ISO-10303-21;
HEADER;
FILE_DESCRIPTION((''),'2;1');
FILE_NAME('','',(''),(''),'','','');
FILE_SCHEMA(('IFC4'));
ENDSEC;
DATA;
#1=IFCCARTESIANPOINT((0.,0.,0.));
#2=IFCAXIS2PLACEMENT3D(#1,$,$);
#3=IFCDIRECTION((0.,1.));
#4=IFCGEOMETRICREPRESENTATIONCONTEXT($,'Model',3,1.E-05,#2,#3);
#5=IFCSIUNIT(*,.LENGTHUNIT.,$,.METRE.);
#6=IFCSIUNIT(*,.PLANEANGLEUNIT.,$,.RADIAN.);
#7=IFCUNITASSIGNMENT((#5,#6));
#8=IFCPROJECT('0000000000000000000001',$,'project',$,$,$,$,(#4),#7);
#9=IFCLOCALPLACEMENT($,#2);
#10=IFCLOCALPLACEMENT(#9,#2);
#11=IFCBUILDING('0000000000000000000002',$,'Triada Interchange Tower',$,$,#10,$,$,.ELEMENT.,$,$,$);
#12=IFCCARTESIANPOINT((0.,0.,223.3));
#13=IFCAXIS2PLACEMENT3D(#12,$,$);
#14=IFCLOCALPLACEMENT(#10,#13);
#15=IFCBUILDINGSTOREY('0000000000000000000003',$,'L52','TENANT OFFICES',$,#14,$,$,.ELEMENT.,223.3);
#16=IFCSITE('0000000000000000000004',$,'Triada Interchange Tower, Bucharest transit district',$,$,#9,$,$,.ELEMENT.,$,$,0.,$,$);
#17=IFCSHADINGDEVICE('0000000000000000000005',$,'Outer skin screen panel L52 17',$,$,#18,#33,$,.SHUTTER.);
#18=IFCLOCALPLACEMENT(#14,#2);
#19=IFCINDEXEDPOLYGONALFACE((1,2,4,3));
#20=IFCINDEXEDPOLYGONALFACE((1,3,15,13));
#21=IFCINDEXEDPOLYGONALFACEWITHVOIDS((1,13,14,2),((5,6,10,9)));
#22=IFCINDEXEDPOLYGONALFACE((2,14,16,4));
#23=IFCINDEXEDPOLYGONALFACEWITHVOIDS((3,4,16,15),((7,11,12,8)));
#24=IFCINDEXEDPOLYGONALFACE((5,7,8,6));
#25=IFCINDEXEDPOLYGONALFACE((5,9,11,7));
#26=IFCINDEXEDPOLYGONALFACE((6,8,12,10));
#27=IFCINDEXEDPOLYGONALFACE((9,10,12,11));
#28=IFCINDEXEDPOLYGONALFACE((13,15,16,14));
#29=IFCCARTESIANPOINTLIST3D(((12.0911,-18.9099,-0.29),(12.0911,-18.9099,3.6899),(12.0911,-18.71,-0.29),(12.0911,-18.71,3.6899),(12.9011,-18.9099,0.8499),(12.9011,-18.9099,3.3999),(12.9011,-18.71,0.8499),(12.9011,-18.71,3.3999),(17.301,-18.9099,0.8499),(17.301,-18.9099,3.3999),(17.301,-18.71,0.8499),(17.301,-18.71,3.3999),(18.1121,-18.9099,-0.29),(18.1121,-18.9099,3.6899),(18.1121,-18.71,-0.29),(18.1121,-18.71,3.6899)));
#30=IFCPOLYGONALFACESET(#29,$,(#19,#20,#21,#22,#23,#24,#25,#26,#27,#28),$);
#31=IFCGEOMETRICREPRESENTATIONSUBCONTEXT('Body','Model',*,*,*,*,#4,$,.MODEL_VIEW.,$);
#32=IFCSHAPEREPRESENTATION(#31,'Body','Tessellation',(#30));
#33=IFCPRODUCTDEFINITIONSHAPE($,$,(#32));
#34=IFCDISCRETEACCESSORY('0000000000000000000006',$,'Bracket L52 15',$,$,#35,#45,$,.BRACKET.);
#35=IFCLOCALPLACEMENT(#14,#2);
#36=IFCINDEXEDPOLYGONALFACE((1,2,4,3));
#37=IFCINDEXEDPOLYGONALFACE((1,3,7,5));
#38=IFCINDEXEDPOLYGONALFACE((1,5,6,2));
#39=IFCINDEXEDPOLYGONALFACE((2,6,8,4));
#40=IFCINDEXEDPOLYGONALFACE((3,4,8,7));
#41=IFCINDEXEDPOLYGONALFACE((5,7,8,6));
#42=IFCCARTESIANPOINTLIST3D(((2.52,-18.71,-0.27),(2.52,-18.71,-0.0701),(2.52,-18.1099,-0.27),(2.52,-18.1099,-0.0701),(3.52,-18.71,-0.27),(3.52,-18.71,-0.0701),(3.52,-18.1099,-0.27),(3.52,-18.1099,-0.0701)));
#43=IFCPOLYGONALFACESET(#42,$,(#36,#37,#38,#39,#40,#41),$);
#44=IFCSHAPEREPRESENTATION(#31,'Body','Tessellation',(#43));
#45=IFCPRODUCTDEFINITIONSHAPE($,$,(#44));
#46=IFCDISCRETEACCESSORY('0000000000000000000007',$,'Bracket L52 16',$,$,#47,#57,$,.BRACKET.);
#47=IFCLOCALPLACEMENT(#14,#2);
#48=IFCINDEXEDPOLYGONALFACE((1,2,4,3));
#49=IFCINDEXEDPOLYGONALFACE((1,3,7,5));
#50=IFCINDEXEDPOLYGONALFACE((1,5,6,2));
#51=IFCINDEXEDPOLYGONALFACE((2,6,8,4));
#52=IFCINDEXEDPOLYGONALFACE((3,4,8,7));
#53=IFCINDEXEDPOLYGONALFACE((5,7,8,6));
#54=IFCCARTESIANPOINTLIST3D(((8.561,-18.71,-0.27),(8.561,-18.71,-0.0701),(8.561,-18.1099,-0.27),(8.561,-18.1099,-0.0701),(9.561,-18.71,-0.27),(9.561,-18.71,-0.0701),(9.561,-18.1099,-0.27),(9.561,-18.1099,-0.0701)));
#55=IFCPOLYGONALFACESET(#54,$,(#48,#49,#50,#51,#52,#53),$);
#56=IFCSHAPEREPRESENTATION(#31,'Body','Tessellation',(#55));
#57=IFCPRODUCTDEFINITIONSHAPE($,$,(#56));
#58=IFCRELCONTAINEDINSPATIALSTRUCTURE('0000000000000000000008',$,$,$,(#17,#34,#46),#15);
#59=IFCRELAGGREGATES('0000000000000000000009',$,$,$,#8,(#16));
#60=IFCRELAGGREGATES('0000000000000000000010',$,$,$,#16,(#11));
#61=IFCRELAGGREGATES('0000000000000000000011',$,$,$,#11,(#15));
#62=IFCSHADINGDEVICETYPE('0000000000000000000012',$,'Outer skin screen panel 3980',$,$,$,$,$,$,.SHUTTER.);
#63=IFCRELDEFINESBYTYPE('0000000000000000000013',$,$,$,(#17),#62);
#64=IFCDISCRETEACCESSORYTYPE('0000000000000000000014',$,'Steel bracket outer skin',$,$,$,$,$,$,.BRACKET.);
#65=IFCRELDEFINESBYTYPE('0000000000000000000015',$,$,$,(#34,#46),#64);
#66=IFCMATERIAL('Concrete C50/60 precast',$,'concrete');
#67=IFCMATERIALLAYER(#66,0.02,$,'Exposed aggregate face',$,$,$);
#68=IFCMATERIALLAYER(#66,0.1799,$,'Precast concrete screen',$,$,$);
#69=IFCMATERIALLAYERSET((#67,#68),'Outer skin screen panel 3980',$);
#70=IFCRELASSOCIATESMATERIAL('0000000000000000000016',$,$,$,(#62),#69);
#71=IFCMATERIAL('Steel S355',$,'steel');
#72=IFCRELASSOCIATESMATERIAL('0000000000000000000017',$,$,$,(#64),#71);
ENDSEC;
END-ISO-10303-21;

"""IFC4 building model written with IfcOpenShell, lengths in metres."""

from ifc_helpers import new_model, si_unit, direction, frame, origin, origin_2d, place, context, subcontext, project, spatial, polyline, rectangle, outline, extrude, material, layer, layer_set, type_object, element, save


model = new_model("IFC4")

# Units and contexts
model_context = context("Model", 3, precision=1e-05, world=origin(), true_north=direction((0.0, 1.0)))
body_context = subcontext(model_context, "Body", "Model", "MODEL_VIEW")
ifc_project = project(units=[si_unit("LENGTHUNIT", "METRE"), si_unit("PLANEANGLEUNIT", "RADIAN")], contexts=[model_context])

# Site, building, storey
site_placement = place(None, origin())
site = spatial("IfcSite", under=ifc_project, at=site_placement, Name="Triada Interchange Tower, Bucharest transit district", CompositionType="ELEMENT", RefElevation=0.0)
building_placement = place(site_placement, origin())
building = spatial("IfcBuilding", under=site, at=building_placement, Name="Triada Interchange Tower", CompositionType="ELEMENT")
storey_placement = place(building_placement, frame((0.0, 0.0, 223.3)))
storey = spatial("IfcBuildingStorey", under=building, at=storey_placement, Name="L52", Description="TENANT OFFICES", CompositionType="ELEMENT", Elevation=223.3)

# Shading device
ifc_material_1 = material(Name="Concrete C50/60 precast", Category="concrete")
ifc_layer_1 = layer(ifc_material_1, 0.02, Name="Exposed aggregate face")
ifc_layer_2 = layer(ifc_material_1, 0.1799, Name="Precast concrete screen")
ifc_layer_set_1 = layer_set([ifc_layer_1, ifc_layer_2], Name="Outer skin screen panel 3980")
shading_device_type = type_object("IfcShadingDeviceType", Name="Outer skin screen panel 3980", PredefinedType="SHUTTER", material=ifc_layer_set_1)
shading_device_1_placement = place(storey_placement, frame((12.0911, -18.71, -0.29), z_axis=(0.0, 0.0, 1.0), x_axis=(1.0, 0.0, 0.0)))
element("IfcShadingDevice", 1, at=shading_device_1_placement, inside=storey, type_object=shading_device_type, Name="Outer skin screen panel L52 17", PredefinedType="SHUTTER", context=body_context, shape_type="SweptSolid", body=[
    extrude(outline(polyline([(0.0, 0.0), (6.021, 0.0), (6.021, 3.98), (0.0, 3.98), (0.0, 0.0)]), holes=[polyline([(0.8101, 1.1399), (0.8101, 3.6899), (5.21, 3.6899), (5.21, 1.1399), (0.8101, 1.1399)])]), frame((0.0, 0.0, 0.0), z_axis=(0.0, -1.0, 0.0), x_axis=(1.0, 0.0, 0.0)), (0.0, 0.0, 1.0), 0.2),
])

# Discrete accessories
ifc_material_2 = material(Name="Steel S355", Category="steel")
discrete_accessory_type = type_object("IfcDiscreteAccessoryType", Name="Steel bracket outer skin", PredefinedType="BRACKET", material=ifc_material_2)
for number, where, z_axis, x_axis, name in (
    (2, (3.02, -18.4099, -0.27), (0.0, 0.0, 1.0), (0.0, -1.0, 0.0), "Bracket L52 15"),
    (3, (9.061, -18.4099, -0.27), (0.0, 0.0, 1.0), (0.0, -1.0, 0.0), "Bracket L52 16"),
):
    element("IfcDiscreteAccessory", number, at=place(storey_placement, frame(where, z_axis=z_axis, x_axis=x_axis)), inside=storey, type_object=discrete_accessory_type, Name=name, PredefinedType="BRACKET", context=body_context, shape_type="SweptSolid", body=[
        extrude(rectangle(XDim=0.6001, YDim=1.0, at=origin_2d()), origin(), (0.0, 0.0, 1.0), 0.2),
    ])

save(model, "model.ifc")
